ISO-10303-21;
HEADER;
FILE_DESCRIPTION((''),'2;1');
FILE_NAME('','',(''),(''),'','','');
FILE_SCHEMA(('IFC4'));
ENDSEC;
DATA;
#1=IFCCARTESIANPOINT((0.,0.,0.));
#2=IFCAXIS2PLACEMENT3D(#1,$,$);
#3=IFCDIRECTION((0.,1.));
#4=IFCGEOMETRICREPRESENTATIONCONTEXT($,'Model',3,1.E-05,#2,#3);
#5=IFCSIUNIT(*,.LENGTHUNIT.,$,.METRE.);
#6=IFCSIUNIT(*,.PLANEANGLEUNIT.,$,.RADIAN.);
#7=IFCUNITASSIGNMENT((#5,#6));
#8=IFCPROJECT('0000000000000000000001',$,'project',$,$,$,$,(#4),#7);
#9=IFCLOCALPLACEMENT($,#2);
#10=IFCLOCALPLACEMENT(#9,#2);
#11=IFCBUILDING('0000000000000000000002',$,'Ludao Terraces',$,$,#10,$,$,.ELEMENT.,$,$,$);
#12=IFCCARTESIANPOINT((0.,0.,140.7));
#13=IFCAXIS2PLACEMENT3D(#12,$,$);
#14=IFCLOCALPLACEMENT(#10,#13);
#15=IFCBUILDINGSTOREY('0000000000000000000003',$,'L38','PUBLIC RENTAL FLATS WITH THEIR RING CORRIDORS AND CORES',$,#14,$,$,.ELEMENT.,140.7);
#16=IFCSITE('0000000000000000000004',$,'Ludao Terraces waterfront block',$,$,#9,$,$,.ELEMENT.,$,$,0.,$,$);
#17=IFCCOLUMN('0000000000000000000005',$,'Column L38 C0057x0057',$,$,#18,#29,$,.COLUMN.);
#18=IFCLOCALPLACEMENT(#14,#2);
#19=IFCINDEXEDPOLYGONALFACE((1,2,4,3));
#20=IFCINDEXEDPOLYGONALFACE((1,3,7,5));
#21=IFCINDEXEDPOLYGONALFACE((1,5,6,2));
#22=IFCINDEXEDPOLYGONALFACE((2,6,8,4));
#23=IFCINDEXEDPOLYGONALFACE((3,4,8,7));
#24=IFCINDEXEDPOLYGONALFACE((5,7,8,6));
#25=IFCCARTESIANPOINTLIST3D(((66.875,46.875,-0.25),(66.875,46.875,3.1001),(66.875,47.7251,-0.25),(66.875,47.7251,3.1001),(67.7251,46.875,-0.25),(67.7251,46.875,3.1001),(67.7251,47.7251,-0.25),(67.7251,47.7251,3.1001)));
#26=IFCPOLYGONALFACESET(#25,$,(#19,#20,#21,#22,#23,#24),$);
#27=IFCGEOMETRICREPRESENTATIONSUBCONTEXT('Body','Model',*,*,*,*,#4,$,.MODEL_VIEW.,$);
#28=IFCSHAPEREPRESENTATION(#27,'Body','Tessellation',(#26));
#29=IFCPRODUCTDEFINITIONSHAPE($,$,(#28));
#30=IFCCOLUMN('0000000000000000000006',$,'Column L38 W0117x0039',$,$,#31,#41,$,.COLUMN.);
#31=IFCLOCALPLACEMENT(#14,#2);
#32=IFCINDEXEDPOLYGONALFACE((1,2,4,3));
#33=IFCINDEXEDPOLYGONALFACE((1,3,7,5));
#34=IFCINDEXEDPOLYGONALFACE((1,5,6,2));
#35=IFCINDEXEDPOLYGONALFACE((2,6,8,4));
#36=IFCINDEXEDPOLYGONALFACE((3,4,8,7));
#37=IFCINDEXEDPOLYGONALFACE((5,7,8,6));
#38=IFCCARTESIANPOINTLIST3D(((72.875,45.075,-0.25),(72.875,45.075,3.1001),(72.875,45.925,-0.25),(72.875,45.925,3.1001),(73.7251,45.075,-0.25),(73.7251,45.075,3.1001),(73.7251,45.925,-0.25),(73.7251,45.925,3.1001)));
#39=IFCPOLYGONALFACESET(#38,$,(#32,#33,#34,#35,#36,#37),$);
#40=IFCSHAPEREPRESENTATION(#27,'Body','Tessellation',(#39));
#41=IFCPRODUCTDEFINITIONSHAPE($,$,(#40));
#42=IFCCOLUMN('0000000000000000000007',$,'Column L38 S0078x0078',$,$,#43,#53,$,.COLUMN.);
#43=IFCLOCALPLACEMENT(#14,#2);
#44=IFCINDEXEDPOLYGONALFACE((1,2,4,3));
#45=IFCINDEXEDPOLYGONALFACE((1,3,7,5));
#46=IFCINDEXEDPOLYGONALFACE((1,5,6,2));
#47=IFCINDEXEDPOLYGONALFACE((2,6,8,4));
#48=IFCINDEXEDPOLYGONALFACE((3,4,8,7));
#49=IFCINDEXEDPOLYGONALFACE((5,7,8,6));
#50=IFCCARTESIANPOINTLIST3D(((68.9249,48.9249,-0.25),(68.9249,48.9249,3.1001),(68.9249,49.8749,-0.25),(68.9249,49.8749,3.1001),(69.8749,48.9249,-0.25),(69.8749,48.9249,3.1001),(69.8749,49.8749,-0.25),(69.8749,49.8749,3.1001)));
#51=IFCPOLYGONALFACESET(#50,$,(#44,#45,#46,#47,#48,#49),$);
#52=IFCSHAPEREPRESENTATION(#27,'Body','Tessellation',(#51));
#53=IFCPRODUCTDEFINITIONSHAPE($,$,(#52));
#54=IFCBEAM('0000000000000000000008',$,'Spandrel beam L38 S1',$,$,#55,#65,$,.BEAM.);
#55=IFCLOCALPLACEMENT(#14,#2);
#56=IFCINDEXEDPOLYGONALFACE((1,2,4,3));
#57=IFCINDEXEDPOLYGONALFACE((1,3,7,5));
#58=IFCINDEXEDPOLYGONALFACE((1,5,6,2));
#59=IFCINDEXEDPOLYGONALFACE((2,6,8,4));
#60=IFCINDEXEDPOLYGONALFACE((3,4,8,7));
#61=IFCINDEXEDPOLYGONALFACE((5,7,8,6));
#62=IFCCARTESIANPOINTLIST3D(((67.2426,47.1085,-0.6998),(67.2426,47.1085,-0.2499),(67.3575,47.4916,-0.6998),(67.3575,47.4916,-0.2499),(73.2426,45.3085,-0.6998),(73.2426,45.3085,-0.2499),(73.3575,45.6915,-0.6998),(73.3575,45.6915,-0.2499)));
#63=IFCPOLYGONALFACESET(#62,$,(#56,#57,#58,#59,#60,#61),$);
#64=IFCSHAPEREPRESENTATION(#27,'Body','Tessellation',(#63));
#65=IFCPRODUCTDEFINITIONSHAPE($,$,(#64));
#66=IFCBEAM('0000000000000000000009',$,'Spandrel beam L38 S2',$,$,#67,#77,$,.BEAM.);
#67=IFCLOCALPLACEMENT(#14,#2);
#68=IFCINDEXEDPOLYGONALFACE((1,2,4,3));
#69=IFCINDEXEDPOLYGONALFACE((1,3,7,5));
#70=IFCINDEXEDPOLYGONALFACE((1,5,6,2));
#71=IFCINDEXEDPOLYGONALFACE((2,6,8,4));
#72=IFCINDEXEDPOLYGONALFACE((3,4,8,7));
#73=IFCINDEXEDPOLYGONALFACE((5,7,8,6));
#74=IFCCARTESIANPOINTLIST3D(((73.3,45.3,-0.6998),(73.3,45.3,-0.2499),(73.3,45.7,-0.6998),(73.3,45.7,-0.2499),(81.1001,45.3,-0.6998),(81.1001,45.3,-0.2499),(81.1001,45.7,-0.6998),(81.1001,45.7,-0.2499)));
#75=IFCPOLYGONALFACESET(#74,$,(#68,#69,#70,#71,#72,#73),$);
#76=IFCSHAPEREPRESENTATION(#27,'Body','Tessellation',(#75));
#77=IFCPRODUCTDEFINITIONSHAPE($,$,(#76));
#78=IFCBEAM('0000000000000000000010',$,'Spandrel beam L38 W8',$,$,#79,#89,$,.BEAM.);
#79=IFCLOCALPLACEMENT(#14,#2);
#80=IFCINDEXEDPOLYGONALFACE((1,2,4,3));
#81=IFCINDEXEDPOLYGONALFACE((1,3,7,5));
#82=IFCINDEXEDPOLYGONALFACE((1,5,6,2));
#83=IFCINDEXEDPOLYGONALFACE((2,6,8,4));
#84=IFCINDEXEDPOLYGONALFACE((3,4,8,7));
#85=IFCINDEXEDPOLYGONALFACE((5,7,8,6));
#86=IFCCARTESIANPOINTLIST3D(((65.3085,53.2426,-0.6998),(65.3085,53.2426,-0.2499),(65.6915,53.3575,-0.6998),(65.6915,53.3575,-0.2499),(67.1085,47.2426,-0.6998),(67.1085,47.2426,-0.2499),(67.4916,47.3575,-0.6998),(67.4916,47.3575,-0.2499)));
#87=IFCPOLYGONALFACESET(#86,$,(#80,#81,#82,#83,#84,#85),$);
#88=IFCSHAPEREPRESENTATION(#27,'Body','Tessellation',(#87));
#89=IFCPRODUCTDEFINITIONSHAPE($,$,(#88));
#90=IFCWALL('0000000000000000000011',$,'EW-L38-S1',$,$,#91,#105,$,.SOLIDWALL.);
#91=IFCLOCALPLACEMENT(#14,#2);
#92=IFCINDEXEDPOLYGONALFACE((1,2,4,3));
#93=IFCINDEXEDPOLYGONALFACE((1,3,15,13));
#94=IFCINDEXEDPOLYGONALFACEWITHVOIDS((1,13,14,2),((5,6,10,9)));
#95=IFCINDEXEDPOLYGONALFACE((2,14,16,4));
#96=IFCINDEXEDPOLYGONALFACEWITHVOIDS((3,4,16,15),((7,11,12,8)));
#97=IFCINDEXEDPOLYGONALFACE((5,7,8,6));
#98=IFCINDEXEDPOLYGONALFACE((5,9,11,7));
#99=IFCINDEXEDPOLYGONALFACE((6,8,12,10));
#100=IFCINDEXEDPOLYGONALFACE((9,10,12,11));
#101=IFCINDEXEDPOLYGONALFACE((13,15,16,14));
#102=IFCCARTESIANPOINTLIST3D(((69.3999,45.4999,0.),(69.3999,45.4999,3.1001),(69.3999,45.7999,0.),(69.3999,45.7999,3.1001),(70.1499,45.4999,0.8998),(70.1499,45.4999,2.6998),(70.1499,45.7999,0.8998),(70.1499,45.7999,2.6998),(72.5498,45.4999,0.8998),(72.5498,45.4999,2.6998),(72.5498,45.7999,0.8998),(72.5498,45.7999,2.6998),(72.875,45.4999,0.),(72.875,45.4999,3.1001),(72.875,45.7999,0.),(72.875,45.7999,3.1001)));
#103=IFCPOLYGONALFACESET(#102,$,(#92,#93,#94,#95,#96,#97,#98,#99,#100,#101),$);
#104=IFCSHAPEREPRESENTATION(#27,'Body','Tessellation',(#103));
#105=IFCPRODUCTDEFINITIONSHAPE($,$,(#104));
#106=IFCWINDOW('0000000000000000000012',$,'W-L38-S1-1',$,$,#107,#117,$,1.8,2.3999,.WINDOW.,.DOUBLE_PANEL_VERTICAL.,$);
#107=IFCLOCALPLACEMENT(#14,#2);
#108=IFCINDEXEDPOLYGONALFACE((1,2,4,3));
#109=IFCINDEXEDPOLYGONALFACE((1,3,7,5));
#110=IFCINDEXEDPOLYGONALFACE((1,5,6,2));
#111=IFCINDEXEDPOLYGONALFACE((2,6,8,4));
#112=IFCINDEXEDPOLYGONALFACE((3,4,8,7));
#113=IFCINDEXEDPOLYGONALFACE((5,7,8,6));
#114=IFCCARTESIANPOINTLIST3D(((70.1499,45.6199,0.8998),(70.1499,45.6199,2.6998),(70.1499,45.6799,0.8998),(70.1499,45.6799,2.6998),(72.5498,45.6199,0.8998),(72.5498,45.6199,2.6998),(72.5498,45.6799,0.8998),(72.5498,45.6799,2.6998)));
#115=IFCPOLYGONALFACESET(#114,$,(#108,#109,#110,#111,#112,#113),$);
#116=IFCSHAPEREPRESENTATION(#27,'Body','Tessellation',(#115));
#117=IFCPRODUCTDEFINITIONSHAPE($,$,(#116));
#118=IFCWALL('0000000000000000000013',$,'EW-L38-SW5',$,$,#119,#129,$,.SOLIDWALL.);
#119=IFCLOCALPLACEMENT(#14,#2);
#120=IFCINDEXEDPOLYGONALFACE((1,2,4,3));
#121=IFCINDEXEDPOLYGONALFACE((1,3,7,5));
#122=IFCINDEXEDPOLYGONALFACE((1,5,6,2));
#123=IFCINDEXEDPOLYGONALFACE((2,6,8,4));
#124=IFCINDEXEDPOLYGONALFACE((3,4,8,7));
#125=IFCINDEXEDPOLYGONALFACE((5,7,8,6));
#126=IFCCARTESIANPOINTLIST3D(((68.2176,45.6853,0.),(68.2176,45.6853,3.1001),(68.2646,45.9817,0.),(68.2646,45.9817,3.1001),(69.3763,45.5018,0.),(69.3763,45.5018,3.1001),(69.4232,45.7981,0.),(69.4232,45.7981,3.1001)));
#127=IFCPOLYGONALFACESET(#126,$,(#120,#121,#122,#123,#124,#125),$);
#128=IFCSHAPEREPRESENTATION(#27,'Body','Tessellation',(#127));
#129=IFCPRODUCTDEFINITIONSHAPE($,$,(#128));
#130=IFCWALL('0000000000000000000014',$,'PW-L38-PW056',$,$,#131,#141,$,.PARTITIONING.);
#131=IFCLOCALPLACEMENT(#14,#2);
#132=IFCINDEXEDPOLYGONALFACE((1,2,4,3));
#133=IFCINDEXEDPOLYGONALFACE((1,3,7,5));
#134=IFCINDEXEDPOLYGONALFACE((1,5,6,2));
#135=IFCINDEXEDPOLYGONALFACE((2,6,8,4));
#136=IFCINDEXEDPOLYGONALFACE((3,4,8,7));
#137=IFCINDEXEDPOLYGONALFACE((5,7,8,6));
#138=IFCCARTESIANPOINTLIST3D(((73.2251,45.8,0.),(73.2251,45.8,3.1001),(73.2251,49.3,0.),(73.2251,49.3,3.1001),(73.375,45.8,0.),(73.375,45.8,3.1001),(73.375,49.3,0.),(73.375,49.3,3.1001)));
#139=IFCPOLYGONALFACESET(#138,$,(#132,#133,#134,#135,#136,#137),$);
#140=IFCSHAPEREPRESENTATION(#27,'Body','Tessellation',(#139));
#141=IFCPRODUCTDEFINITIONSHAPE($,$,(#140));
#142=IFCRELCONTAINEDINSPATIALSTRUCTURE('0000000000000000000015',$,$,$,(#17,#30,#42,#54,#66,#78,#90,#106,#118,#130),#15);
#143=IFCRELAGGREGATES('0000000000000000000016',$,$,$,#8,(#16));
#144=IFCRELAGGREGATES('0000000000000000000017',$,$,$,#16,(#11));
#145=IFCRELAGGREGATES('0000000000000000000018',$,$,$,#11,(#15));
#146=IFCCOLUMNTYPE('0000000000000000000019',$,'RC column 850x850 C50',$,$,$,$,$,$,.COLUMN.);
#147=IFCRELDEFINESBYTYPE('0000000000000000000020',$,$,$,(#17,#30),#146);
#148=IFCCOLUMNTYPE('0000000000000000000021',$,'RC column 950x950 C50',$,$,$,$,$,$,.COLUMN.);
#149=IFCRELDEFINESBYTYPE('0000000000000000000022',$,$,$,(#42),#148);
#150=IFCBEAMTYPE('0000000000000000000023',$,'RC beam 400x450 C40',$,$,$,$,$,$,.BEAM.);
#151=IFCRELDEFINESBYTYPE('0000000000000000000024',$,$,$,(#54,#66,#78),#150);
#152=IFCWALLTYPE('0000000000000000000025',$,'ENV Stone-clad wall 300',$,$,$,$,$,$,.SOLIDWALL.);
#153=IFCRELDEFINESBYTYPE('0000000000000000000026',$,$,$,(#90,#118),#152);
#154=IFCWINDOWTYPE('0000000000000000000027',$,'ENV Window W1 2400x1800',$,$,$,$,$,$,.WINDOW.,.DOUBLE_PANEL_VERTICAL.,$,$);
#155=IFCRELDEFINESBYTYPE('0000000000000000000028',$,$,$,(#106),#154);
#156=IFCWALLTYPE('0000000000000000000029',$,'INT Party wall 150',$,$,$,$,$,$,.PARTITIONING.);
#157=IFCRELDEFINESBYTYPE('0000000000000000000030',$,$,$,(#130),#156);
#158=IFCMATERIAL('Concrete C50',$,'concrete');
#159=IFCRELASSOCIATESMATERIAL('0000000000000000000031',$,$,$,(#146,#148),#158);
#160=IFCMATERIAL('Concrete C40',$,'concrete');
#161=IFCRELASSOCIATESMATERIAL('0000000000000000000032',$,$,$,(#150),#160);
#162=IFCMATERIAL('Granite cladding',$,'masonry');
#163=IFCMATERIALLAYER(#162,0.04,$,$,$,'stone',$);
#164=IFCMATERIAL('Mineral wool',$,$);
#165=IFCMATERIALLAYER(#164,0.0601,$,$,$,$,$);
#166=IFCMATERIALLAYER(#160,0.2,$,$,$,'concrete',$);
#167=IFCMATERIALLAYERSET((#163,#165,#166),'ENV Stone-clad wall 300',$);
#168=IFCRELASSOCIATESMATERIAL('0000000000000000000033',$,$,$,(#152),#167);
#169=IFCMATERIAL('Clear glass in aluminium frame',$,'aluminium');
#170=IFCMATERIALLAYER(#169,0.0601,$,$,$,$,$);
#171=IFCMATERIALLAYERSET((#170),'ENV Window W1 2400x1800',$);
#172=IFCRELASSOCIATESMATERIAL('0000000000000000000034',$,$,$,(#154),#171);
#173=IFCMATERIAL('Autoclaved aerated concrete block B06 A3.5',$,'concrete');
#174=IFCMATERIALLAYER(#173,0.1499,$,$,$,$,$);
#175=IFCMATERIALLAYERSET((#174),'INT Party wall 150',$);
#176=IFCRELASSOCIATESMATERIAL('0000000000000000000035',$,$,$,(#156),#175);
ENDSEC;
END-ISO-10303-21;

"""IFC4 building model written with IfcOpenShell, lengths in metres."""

from ifc_helpers import new_model, si_unit, direction, frame, frame_2d, origin, origin_2d, place, context, subcontext, project, spatial, rectangle, extrude, material, layer, layer_set, material_profile, profile_set, type_object, element, fill, save


model = new_model("IFC4")

# Units and contexts
model_context = context("Model", 3, precision=1e-05, world=origin(), true_north=direction((0.0, 1.0)))
body_context = subcontext(model_context, "Body", "Model", "MODEL_VIEW")
ifc_project = project(units=[si_unit("LENGTHUNIT", "METRE"), si_unit("PLANEANGLEUNIT", "RADIAN")], contexts=[model_context])

# Site, building, storey
site_placement = place(None, origin())
site = spatial("IfcSite", under=ifc_project, at=site_placement, Name="Ludao Terraces waterfront block", CompositionType="ELEMENT", RefElevation=0.0)
building_placement = place(site_placement, origin())
building = spatial("IfcBuilding", under=site, at=building_placement, Name="Ludao Terraces", CompositionType="ELEMENT")
storey_placement = place(building_placement, frame((0.0, 0.0, 140.7)))
storey = spatial("IfcBuildingStorey", under=building, at=storey_placement, Name="L38", Description="PUBLIC RENTAL FLATS WITH THEIR RING CORRIDORS AND CORES", CompositionType="ELEMENT", Elevation=140.7)

# Columns
ifc_material_1 = material(Name="Concrete C50", Category="concrete")
ifc_material_profile_1 = material_profile(ifc_material_1, rectangle(XDim=0.8501, YDim=0.8501, at=origin_2d()), Name="850 X 850")
ifc_profile_set_1 = profile_set([ifc_material_profile_1], Name="Concrete C50")
column_type_1 = type_object("IfcColumnType", Name="RC column 850x850 C50", PredefinedType="COLUMN", material=ifc_profile_set_1)
for number, where, z_axis, x_axis, name in (
    (1, (67.3, 47.3, -0.25), (0.0, 0.0, 1.0), (1.0, 0.0, 0.0), "Column L38 C0057x0057"),
    (2, (73.3, 45.5, -0.25), (0.0, 0.0, 1.0), (1.0, 0.0, 0.0), "Column L38 W0117x0039"),
):
    element("IfcColumn", number, at=place(storey_placement, frame(where, z_axis=z_axis, x_axis=x_axis)), inside=storey, type_object=column_type_1, Name=name, PredefinedType="COLUMN", context=body_context, shape_type="SweptSolid", body=[
        extrude(rectangle(XDim=0.8501, YDim=0.8501, at=origin_2d()), origin(), (0.0, 0.0, 1.0), 3.3501),
    ])
ifc_material_profile_2 = material_profile(ifc_material_1, rectangle(XDim=0.95, YDim=0.95, at=origin_2d()), Name="950 X 950")
ifc_profile_set_2 = profile_set([ifc_material_profile_2], Name="Concrete C50")
column_type_2 = type_object("IfcColumnType", Name="RC column 950x950 C50", PredefinedType="COLUMN", material=ifc_profile_set_2)
column_placement = place(storey_placement, frame((69.3999, 49.3999, -0.25), z_axis=(0.0, 0.0, 1.0), x_axis=(1.0, 0.0, 0.0)))
element("IfcColumn", 3, at=column_placement, inside=storey, type_object=column_type_2, Name="Column L38 S0078x0078", PredefinedType="COLUMN", context=body_context, shape_type="SweptSolid", body=[
    extrude(rectangle(XDim=0.95, YDim=0.95, at=origin_2d()), origin(), (0.0, 0.0, 1.0), 3.3501),
])

# Beams
ifc_material_2 = material(Name="Concrete C40", Category="concrete")
ifc_material_profile_3 = material_profile(ifc_material_2, rectangle(XDim=0.3999, YDim=0.45, at=origin_2d()), Name="400 X 450")
ifc_profile_set_3 = profile_set([ifc_material_profile_3], Name="Concrete C40")
beam_type = type_object("IfcBeamType", Name="RC beam 400x450 C40", PredefinedType="BEAM", material=ifc_profile_set_3)
beam_1_placement = place(storey_placement, frame((67.3, 47.3, -0.4749), z_axis=(0.957824, -0.287355, 0.0), x_axis=(0.287355, 0.957824, 0.0)))
element("IfcBeam", 4, at=beam_1_placement, inside=storey, type_object=beam_type, Name="Spandrel beam L38 S1", PredefinedType="BEAM", context=body_context, shape_type="SweptSolid", body=[
    extrude(rectangle(XDim=0.3999, YDim=0.45, at=origin_2d()), origin(), (0.0, 0.0, 1.0), 6.2642),
])
beam_2_placement = place(storey_placement, frame((73.3, 45.5, -0.4749), z_axis=(1.0, 0.0, 0.0), x_axis=(0.0, 1.0, 0.0)))
element("IfcBeam", 5, at=beam_2_placement, inside=storey, type_object=beam_type, Name="Spandrel beam L38 S2", PredefinedType="BEAM", context=body_context, shape_type="SweptSolid", body=[
    extrude(rectangle(XDim=0.3999, YDim=0.45, at=origin_2d()), origin(), (0.0, 0.0, 1.0), 7.8),
])
beam_3_placement = place(storey_placement, frame((67.3, 47.3, -0.4749), z_axis=(-0.287355, 0.957824, 0.0), x_axis=(-0.957824, -0.287355, 0.0)))
element("IfcBeam", 6, at=beam_3_placement, inside=storey, type_object=beam_type, Name="Spandrel beam L38 W8", PredefinedType="BEAM", context=body_context, shape_type="SweptSolid", body=[
    extrude(rectangle(XDim=0.3999, YDim=0.45, at=origin_2d()), origin(), (0.0, 0.0, 1.0), 6.2642),
])

# Wall, opening, window
ifc_material_3 = material(Name="Granite cladding", Category="masonry")
ifc_layer_1 = layer(ifc_material_3, 0.04, Category="stone")
ifc_material_4 = material(Name="Mineral wool")
ifc_layer_2 = layer(ifc_material_4, 0.0601)
ifc_layer_3 = layer(ifc_material_2, 0.2, Category="concrete")
ifc_layer_set_1 = layer_set([ifc_layer_1, ifc_layer_2, ifc_layer_3], Name="ENV Stone-clad wall 300")
wall_type_1 = type_object("IfcWallType", Name="ENV Stone-clad wall 300", PredefinedType="SOLIDWALL", material=ifc_layer_set_1)
wall_1_placement = place(storey_placement, frame((69.3999, 45.6499, 0.0), z_axis=(0.0, 0.0, 1.0), x_axis=(1.0, 0.0, 0.0)))
wall_1 = element("IfcWall", 7, at=wall_1_placement, inside=storey, type_object=wall_type_1, Name="EW-L38-S1", PredefinedType="SOLIDWALL", context=body_context, shape_type="SweptSolid", body=[
    extrude(rectangle(XDim=3.4751, YDim=0.3, at=frame_2d((1.7375, 0.0))), origin(), (0.0, 0.0, 1.0), 3.1001),
])
opening_1_placement = place(wall_1_placement, frame((0.75, 0.0, 0.8999)))
opening_1 = element("IfcOpeningElement", 8, at=opening_1_placement, cuts=wall_1, PredefinedType="OPENING", context=body_context, shape_type="SweptSolid", body=[
    extrude(rectangle(XDim=2.3999, YDim=1.8, at=frame_2d((1.2, 0.8999))), frame((0.0, 0.1602, 0.0), z_axis=(0.0, -1.0, 0.0), x_axis=(1.0, 0.0, 0.0)), (0.0, 0.0, 1.0), 0.3201),
])
ifc_material_5 = material(Name="Clear glass in aluminium frame", Category="aluminium")
ifc_layer_4 = layer(ifc_material_5, 0.0601)
ifc_layer_set_2 = layer_set([ifc_layer_4], Name="ENV Window W1 2400x1800")
window_type = type_object("IfcWindowType", Name="ENV Window W1 2400x1800", PartitioningType="DOUBLE_PANEL_VERTICAL", PredefinedType="WINDOW", material=ifc_layer_set_2)
window_placement = place(opening_1_placement, origin())
window = element("IfcWindow", 9, at=window_placement, inside=storey, type_object=window_type, Name="W-L38-S1-1", OverallHeight=1.8, OverallWidth=2.3999, PartitioningType="DOUBLE_PANEL_VERTICAL", PredefinedType="WINDOW", context=body_context, shape_type="SweptSolid", body=[
    extrude(rectangle(XDim=2.3999, YDim=1.8, at=frame_2d((1.2, 0.8999))), frame((0.0, 0.03, 0.0), z_axis=(0.0, -1.0, 0.0), x_axis=(1.0, 0.0, 0.0)), (0.0, 0.0, 1.0), 0.0601),
])
fill(opening_1, window)

# Wall
wall_2_placement = place(storey_placement, frame((68.2412, 45.8335, 0.0), z_axis=(0.0, 0.0, 1.0), x_axis=(0.987678, -0.156497, 0.0)))
element("IfcWall", 10, at=wall_2_placement, inside=storey, type_object=wall_type_1, Name="EW-L38-SW5", PredefinedType="SOLIDWALL", context=body_context, shape_type="SweptSolid", body=[
    extrude(rectangle(XDim=1.1731, YDim=0.3, at=frame_2d((0.5864, 0.0))), origin(), (0.0, 0.0, 1.0), 3.1001),
])

# Wall
ifc_material_6 = material(Name="Autoclaved aerated concrete block B06 A3.5", Category="concrete")
ifc_layer_5 = layer(ifc_material_6, 0.1499)
ifc_layer_set_3 = layer_set([ifc_layer_5], Name="INT Party wall 150")
wall_type_2 = type_object("IfcWallType", Name="INT Party wall 150", PredefinedType="PARTITIONING", material=ifc_layer_set_3)
wall_3_placement = place(storey_placement, frame((73.3, 45.8, 0.0), z_axis=(0.0, 0.0, 1.0), x_axis=(0.0, 1.0, 0.0)))
element("IfcWall", 11, at=wall_3_placement, inside=storey, type_object=wall_type_2, Name="PW-L38-PW056", PredefinedType="PARTITIONING", context=body_context, shape_type="SweptSolid", body=[
    extrude(rectangle(XDim=3.5, YDim=0.1499, at=frame_2d((1.75, 0.0))), origin(), (0.0, 0.0, 1.0), 3.1001),
])

save(model, "model.ifc")
